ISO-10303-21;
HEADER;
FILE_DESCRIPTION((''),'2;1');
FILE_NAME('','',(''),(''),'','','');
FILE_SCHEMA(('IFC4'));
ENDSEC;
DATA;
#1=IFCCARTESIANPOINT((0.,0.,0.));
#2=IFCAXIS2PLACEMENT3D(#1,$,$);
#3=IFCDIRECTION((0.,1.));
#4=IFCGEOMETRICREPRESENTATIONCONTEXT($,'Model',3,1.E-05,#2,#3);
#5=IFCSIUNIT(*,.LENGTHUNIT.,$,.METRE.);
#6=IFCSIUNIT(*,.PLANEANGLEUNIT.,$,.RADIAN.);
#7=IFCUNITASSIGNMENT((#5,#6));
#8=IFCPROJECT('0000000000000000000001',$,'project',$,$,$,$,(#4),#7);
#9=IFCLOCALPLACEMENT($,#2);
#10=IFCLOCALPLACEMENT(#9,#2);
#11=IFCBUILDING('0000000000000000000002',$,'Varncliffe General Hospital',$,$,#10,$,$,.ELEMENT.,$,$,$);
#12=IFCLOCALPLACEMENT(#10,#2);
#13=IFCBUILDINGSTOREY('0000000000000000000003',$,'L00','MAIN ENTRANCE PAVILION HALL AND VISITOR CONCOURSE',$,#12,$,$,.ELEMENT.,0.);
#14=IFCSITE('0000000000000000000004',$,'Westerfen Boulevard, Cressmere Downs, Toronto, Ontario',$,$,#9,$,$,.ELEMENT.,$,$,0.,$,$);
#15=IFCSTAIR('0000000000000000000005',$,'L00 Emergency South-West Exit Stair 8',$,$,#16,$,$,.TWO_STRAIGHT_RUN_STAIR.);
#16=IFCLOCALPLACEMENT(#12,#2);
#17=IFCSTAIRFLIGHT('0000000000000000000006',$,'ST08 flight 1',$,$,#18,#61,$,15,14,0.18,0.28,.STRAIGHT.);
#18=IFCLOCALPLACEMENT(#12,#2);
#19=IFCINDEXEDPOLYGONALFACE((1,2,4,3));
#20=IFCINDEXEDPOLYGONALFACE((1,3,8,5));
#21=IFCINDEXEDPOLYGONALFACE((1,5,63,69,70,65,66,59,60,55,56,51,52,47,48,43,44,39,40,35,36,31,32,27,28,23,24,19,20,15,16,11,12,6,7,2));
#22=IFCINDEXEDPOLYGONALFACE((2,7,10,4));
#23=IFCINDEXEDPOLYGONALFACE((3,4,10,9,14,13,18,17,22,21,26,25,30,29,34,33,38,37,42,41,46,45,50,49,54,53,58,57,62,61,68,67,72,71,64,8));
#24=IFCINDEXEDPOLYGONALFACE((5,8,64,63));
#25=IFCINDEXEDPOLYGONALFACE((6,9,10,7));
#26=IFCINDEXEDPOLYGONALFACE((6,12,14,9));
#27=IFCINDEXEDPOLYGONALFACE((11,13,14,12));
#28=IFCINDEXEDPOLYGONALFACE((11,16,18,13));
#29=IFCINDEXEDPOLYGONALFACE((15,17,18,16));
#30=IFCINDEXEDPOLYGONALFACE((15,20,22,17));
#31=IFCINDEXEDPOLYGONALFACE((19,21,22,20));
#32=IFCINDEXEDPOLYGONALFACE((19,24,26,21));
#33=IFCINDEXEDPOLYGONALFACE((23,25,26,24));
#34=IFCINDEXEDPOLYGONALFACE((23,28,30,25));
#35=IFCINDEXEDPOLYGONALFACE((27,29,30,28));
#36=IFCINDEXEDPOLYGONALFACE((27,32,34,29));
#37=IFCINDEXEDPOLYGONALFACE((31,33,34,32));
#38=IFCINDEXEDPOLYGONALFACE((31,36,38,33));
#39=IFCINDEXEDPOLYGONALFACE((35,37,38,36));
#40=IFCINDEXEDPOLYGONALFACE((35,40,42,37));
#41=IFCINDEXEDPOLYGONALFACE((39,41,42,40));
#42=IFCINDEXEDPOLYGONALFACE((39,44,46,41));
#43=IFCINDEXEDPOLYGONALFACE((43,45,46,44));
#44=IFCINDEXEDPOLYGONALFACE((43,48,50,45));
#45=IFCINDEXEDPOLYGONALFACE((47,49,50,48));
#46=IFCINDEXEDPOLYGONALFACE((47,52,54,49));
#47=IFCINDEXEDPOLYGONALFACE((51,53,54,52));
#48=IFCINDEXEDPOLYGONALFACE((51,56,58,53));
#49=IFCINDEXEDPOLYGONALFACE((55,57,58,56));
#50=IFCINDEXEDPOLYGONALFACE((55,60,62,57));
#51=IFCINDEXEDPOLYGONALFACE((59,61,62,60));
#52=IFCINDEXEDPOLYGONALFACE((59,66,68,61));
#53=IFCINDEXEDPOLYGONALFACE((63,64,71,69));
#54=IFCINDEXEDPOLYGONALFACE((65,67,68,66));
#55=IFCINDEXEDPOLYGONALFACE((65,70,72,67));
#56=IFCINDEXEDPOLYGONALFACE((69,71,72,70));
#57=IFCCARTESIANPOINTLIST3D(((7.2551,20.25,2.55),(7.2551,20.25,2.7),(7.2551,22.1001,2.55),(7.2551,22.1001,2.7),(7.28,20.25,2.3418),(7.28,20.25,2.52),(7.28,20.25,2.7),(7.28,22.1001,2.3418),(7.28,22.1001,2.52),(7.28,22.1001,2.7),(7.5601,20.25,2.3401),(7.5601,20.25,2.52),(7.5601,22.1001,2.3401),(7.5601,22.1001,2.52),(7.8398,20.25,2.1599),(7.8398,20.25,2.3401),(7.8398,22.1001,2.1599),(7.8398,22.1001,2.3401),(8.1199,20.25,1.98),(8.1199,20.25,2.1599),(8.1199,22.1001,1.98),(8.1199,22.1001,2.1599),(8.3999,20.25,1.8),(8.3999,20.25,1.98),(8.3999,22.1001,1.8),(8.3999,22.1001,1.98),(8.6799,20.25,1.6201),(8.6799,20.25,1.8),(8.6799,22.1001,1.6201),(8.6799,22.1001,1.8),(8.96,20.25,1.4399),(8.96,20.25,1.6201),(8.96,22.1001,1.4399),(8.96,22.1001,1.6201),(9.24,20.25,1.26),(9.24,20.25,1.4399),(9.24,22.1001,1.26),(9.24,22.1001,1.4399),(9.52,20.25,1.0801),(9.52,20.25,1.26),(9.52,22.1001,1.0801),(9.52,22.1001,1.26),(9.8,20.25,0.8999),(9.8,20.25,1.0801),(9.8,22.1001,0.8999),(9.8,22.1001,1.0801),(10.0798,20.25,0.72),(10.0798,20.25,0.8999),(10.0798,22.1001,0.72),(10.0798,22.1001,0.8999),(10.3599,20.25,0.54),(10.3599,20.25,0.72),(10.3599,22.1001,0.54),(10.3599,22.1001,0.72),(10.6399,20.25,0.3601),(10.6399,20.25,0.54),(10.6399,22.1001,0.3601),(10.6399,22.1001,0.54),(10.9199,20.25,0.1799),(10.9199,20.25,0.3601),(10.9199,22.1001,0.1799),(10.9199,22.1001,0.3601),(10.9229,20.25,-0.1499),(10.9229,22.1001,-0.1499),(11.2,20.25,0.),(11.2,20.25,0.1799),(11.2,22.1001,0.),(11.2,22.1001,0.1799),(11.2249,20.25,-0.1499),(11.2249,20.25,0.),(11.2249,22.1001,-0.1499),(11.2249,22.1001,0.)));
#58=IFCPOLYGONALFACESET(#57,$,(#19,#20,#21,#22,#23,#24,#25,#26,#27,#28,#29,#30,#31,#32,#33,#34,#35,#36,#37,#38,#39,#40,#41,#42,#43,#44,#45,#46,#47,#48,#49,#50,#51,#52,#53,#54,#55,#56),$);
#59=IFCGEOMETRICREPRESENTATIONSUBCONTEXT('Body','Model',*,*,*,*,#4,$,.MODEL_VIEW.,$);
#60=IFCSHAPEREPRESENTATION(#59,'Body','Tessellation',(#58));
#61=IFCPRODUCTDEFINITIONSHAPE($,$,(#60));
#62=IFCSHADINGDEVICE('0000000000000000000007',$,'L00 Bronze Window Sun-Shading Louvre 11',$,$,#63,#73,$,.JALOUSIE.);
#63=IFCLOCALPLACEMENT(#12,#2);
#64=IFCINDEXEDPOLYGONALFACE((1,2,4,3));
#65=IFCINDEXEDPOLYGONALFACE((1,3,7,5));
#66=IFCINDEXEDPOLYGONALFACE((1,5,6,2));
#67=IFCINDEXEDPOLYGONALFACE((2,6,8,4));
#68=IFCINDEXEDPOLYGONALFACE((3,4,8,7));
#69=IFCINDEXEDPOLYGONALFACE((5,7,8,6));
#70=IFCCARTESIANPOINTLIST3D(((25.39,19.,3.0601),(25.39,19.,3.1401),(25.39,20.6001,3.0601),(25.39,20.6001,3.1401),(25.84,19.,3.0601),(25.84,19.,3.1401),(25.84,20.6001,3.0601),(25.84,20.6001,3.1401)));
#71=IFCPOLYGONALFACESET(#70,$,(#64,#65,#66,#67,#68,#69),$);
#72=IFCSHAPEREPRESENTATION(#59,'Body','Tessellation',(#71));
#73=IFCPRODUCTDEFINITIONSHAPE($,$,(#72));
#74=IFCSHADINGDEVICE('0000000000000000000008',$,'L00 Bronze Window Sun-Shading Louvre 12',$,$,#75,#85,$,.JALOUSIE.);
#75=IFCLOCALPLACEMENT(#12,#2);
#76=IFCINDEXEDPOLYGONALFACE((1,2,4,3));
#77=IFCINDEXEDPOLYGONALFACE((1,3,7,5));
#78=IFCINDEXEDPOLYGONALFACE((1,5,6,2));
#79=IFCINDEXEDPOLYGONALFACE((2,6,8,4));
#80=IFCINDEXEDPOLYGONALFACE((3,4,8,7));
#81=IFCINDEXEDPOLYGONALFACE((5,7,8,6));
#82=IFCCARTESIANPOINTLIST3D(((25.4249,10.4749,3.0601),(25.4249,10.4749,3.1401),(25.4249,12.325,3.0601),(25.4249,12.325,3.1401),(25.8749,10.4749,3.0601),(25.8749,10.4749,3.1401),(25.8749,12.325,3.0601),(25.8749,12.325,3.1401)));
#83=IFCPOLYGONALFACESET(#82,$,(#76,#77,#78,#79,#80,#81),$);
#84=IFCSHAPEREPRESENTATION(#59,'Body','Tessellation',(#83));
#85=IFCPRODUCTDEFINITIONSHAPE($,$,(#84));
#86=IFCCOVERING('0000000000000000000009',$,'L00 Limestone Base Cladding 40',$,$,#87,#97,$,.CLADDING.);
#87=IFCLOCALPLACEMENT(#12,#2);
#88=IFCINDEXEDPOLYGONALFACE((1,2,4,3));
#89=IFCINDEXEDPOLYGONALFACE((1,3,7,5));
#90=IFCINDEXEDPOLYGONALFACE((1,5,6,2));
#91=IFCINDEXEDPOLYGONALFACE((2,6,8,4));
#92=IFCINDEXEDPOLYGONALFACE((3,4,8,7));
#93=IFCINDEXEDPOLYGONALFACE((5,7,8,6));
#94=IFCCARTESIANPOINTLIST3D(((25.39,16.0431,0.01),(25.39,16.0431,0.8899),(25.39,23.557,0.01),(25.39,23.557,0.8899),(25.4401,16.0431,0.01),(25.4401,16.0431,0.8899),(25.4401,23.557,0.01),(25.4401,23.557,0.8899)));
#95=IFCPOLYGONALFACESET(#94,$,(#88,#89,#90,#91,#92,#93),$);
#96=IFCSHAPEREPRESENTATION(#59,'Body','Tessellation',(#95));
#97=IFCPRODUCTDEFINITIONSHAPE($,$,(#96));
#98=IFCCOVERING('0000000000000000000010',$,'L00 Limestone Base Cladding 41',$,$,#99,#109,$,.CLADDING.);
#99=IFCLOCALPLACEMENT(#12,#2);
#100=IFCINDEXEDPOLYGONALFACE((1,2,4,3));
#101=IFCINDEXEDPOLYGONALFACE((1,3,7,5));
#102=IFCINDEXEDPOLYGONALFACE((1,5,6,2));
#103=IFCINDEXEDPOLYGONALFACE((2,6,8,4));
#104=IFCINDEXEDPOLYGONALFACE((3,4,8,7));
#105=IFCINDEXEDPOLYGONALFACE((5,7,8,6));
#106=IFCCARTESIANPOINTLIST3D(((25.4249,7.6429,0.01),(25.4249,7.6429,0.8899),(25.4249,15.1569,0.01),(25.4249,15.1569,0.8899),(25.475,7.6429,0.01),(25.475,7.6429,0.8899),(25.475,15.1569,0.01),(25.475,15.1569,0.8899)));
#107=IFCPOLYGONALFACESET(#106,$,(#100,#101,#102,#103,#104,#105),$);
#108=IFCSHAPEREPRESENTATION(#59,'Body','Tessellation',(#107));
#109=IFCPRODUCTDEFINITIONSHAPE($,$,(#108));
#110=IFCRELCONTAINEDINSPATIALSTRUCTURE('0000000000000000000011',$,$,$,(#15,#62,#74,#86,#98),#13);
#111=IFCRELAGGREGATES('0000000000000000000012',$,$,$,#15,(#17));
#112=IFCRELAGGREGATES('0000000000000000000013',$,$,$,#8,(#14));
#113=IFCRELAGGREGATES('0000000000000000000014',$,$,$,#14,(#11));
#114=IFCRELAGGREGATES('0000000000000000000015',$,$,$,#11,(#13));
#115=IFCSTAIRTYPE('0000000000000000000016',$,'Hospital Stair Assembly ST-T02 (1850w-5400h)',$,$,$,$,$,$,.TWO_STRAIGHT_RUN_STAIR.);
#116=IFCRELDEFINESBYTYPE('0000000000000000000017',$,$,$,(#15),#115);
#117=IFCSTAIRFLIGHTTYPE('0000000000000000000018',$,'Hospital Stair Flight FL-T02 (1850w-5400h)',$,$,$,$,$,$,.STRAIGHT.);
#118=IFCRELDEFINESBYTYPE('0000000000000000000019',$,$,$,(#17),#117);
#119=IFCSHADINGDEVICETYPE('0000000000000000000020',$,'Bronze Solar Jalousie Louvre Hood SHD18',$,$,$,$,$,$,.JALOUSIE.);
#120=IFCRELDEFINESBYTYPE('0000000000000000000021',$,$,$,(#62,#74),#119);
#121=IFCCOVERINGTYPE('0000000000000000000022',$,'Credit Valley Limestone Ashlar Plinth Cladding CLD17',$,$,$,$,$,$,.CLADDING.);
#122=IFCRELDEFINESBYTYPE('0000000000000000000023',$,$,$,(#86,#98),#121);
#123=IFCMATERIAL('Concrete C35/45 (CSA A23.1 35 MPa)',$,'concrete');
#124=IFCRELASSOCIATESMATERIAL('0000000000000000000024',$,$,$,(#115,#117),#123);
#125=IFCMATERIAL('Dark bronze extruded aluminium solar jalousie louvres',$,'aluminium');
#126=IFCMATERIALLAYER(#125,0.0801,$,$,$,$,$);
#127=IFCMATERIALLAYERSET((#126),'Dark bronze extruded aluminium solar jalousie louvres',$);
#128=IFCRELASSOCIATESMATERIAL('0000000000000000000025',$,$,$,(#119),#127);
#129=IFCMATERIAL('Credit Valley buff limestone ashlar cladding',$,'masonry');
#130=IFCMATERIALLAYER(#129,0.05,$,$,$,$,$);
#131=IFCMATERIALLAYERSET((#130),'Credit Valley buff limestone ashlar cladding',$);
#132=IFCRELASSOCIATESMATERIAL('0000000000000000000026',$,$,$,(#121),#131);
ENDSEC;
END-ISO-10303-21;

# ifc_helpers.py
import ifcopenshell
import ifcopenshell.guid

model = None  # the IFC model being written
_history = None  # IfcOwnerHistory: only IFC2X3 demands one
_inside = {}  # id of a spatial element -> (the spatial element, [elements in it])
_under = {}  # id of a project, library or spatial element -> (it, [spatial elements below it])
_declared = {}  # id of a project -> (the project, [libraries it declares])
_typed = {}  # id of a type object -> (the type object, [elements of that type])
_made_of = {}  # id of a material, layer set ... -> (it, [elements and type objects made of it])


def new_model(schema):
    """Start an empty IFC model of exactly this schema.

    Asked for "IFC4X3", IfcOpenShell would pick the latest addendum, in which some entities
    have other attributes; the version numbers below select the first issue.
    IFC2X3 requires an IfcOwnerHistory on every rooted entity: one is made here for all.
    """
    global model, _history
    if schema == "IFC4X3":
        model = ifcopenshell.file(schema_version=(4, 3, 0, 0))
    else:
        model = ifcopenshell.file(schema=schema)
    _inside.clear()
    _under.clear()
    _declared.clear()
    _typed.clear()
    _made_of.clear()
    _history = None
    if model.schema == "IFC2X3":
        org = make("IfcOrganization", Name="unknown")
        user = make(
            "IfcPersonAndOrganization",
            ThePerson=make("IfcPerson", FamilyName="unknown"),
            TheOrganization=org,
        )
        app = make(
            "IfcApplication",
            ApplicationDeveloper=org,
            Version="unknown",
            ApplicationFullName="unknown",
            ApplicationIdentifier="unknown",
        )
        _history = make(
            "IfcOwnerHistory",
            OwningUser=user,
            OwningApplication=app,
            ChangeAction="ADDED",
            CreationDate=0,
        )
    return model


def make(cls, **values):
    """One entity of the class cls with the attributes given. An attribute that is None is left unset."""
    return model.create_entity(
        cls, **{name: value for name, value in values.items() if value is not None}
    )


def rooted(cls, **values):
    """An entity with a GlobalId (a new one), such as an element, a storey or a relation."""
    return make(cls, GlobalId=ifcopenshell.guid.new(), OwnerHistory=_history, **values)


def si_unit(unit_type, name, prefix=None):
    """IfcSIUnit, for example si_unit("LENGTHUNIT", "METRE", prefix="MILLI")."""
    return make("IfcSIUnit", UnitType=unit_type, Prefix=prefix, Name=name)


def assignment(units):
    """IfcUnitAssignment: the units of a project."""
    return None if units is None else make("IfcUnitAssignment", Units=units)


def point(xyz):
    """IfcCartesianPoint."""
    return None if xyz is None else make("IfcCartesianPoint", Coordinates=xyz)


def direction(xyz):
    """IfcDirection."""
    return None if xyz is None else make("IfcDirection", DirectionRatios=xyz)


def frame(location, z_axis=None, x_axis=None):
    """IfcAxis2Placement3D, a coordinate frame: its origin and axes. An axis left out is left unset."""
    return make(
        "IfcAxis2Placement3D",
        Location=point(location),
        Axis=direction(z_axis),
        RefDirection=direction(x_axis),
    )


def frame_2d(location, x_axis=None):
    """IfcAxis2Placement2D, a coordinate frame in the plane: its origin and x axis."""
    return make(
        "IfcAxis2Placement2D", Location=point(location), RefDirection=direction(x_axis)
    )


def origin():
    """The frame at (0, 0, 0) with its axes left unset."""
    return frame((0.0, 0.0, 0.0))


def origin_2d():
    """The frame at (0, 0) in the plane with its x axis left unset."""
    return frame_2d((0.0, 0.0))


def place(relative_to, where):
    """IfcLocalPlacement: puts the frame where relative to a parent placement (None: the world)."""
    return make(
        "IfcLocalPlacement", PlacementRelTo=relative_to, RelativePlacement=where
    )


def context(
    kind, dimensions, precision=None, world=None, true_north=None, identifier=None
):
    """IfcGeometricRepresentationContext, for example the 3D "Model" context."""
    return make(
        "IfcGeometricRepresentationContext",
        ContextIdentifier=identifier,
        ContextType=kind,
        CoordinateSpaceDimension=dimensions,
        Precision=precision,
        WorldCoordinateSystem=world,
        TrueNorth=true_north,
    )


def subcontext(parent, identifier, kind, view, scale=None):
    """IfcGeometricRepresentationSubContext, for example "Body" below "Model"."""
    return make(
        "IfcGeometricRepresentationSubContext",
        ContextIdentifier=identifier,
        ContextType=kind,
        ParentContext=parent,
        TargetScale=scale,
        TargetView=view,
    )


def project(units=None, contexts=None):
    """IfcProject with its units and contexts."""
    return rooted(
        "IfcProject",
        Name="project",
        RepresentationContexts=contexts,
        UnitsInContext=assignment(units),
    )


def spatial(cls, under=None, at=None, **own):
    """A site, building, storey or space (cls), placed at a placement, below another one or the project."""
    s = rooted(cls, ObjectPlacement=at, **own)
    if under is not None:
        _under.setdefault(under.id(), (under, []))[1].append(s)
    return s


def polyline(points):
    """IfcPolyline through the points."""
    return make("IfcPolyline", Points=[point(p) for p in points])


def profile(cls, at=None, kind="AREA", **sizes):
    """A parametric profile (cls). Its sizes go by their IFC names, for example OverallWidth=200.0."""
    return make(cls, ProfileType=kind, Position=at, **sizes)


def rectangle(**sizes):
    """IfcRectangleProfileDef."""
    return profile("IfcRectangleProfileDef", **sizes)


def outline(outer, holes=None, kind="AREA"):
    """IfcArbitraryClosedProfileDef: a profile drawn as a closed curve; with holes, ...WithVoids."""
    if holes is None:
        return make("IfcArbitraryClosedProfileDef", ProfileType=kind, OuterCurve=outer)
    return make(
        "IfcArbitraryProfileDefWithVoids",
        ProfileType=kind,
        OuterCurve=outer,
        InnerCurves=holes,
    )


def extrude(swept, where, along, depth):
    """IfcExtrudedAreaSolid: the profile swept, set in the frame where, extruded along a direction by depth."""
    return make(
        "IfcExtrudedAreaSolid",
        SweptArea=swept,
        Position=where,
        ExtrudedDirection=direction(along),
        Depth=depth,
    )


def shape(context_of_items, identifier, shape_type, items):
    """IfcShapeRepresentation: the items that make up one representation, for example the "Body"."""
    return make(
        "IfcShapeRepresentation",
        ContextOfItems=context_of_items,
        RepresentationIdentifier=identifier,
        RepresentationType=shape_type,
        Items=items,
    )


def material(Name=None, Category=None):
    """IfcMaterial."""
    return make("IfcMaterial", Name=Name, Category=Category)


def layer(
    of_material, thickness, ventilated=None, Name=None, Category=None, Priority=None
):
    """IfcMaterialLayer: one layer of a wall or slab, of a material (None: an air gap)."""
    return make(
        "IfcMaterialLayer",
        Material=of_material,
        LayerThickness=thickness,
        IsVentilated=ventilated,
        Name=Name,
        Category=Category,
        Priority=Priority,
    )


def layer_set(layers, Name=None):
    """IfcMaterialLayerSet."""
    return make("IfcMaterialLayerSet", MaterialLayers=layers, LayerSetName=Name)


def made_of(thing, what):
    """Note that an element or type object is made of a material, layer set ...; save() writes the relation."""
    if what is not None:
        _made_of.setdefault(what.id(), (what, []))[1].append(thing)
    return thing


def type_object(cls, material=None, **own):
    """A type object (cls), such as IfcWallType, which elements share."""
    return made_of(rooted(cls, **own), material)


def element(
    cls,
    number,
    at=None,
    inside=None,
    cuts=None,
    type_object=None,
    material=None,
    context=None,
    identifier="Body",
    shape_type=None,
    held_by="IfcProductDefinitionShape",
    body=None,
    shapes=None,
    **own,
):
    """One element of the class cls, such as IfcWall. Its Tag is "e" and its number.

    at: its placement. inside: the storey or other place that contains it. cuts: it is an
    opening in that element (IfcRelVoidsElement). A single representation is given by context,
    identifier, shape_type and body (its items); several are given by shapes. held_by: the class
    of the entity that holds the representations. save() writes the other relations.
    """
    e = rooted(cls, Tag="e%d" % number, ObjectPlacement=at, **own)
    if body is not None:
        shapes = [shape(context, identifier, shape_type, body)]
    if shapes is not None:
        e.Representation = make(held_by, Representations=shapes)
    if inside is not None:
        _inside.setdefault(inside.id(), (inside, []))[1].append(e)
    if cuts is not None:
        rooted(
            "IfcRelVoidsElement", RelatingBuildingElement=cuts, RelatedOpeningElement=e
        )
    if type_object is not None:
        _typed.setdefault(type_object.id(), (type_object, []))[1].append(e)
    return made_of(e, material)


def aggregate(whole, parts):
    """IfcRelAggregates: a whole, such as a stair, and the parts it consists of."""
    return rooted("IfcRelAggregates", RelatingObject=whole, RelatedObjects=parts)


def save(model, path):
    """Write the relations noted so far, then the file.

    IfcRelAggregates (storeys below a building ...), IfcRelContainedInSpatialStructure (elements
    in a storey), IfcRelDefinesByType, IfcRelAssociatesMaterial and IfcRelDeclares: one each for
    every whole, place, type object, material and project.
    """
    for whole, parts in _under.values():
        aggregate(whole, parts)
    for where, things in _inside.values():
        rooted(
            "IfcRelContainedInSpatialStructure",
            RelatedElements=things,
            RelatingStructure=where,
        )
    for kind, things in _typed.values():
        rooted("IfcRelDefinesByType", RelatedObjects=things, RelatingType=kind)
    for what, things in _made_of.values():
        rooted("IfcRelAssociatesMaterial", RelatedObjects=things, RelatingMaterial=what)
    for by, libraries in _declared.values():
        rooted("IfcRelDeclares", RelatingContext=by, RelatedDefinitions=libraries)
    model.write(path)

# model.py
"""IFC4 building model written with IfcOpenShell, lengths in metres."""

from ifc_helpers import new_model, si_unit, direction, frame, origin, origin_2d, place, context, subcontext, project, spatial, polyline, rectangle, outline, extrude, material, layer, layer_set, type_object, element, aggregate, save


model = new_model("IFC4")

# Units and contexts
model_context = context("Model", 3, precision=1e-05, world=origin(), true_north=direction((0.0, 1.0)))
body_context = subcontext(model_context, "Body", "Model", "MODEL_VIEW")
ifc_project = project(units=[si_unit("LENGTHUNIT", "METRE"), si_unit("PLANEANGLEUNIT", "RADIAN")], contexts=[model_context])

# Site, building, storey
site_placement = place(None, origin())
site = spatial("IfcSite", under=ifc_project, at=site_placement, Name="Westerfen Boulevard, Cressmere Downs, Toronto, Ontario", CompositionType="ELEMENT", RefElevation=0.0)
building_placement = place(site_placement, origin())
building = spatial("IfcBuilding", under=site, at=building_placement, Name="Varncliffe General Hospital", CompositionType="ELEMENT")
storey_placement = place(building_placement, origin())
storey = spatial("IfcBuildingStorey", under=building, at=storey_placement, Name="L00", Description="MAIN ENTRANCE PAVILION HALL AND VISITOR CONCOURSE", CompositionType="ELEMENT", Elevation=0.0)

# Shared definitions
ifc_material_1 = material(Name="Concrete C35/45 (CSA A23.1 35 MPa)", Category="concrete")

# Stair, stair flight
stair_type = type_object("IfcStairType", Name="Hospital Stair Assembly ST-T02 (1850w-5400h)", PredefinedType="TWO_STRAIGHT_RUN_STAIR", material=ifc_material_1)
stair_placement = place(storey_placement, origin())
stair = element("IfcStair", 1, at=stair_placement, inside=storey, type_object=stair_type, Name="L00 Emergency South-West Exit Stair 8", PredefinedType="TWO_STRAIGHT_RUN_STAIR")
stair_flight_type = type_object("IfcStairFlightType", Name="Hospital Stair Flight FL-T02 (1850w-5400h)", PredefinedType="STRAIGHT", material=ifc_material_1)
stair_flight_placement = place(storey_placement, frame((11.2, 21.175, 0.0), z_axis=(0.0, 0.0, 1.0), x_axis=(-1.0, 0.0, 0.0)))
stair_flight = element("IfcStairFlight", 2, at=stair_flight_placement, type_object=stair_flight_type, Name="ST08 flight 1", NumberOfRisers=15, NumberOfTreads=14, PredefinedType="STRAIGHT", RiserHeight=0.18, TreadLength=0.28, context=body_context, shape_type="SweptSolid", body=[
    extrude(outline(polyline([(-0.0249, -0.1499), (-0.0249, 0.0), (0.0, 0.0), (0.0, 0.1799), (0.28, 0.1799), (0.28, 0.3601), (0.5601, 0.3601), (0.5601, 0.54), (0.8401, 0.54), (0.8401, 0.72), (1.1201, 0.72), (1.1201, 0.8999), (1.3999, 0.8999), (1.3999, 1.0801), (1.6799, 1.0801), (1.6799, 1.26), (1.96, 1.26), (1.96, 1.4399), (2.24, 1.4399), (2.24, 1.6201), (2.52, 1.6201), (2.52, 1.8), (2.8, 1.8), (2.8, 1.98), (3.0801, 1.98), (3.0801, 2.1599), (3.3601, 2.1599), (3.3601, 2.3401), (3.6399, 2.3401), (3.6399, 2.52), (3.9199, 2.52), (3.9199, 2.7), (3.9448, 2.7), (3.9448, 2.55), (3.9199, 2.3418), (0.2771, -0.1499), (-0.0249, -0.1499)])), frame((0.0, 0.925, 0.0), z_axis=(0.0, -1.0, 0.0), x_axis=(1.0, 0.0, 0.0)), (0.0, 0.0, 1.0), 1.8501),
])
aggregate(stair, [stair_flight])

# Shading devices
ifc_material_2 = material(Name="Dark bronze extruded aluminium solar jalousie louvres", Category="aluminium")
ifc_layer_1 = layer(ifc_material_2, 0.0801)
ifc_layer_set_1 = layer_set([ifc_layer_1], Name="Dark bronze extruded aluminium solar jalousie louvres")
shading_device_type = type_object("IfcShadingDeviceType", Name="Bronze Solar Jalousie Louvre Hood SHD18", PredefinedType="JALOUSIE", material=ifc_layer_set_1)
shading_device_1_placement = place(storey_placement, frame((25.615, 19.8, 3.0601), z_axis=(0.0, 0.0, 1.0), x_axis=(0.0, -1.0, 0.0)))
element("IfcShadingDevice", 3, at=shading_device_1_placement, inside=storey, type_object=shading_device_type, Name="L00 Bronze Window Sun-Shading Louvre 11", PredefinedType="JALOUSIE", context=body_context, shape_type="SweptSolid", body=[
    extrude(rectangle(XDim=1.6001, YDim=0.45, at=origin_2d()), origin(), (0.0, 0.0, 1.0), 0.0801),
])
shading_device_2_placement = place(storey_placement, frame((25.6499, 11.3999, 3.0601), z_axis=(0.0, 0.0, 1.0), x_axis=(0.0, -1.0, 0.0)))
element("IfcShadingDevice", 4, at=shading_device_2_placement, inside=storey, type_object=shading_device_type, Name="L00 Bronze Window Sun-Shading Louvre 12", PredefinedType="JALOUSIE", context=body_context, shape_type="SweptSolid", body=[
    extrude(rectangle(XDim=1.8501, YDim=0.45, at=origin_2d()), origin(), (0.0, 0.0, 1.0), 0.0801),
])

# Coverings
ifc_material_3 = material(Name="Credit Valley buff limestone ashlar cladding", Category="masonry")
ifc_layer_2 = layer(ifc_material_3, 0.05)
ifc_layer_set_2 = layer_set([ifc_layer_2], Name="Credit Valley buff limestone ashlar cladding")
covering_type = type_object("IfcCoveringType", Name="Credit Valley Limestone Ashlar Plinth Cladding CLD17", PredefinedType="CLADDING", material=ifc_layer_set_2)
for number, where, z_axis, x_axis, name in (
    (5, (25.415, 19.8, 0.01), (0.0, 0.0, 1.0), (0.0, -1.0, 0.0), "L00 Limestone Base Cladding 40"),
    (6, (25.45, 11.3999, 0.01), (0.0, 0.0, 1.0), (0.0, -1.0, 0.0), "L00 Limestone Base Cladding 41"),
):
    element("IfcCovering", number, at=place(storey_placement, frame(where, z_axis=z_axis, x_axis=x_axis)), inside=storey, type_object=covering_type, Name=name, PredefinedType="CLADDING", context=body_context, shape_type="SweptSolid", body=[
        extrude(rectangle(XDim=7.5139, YDim=0.05, at=origin_2d()), origin(), (0.0, 0.0, 1.0), 0.8799),
    ])

save(model, "model.ifc")
